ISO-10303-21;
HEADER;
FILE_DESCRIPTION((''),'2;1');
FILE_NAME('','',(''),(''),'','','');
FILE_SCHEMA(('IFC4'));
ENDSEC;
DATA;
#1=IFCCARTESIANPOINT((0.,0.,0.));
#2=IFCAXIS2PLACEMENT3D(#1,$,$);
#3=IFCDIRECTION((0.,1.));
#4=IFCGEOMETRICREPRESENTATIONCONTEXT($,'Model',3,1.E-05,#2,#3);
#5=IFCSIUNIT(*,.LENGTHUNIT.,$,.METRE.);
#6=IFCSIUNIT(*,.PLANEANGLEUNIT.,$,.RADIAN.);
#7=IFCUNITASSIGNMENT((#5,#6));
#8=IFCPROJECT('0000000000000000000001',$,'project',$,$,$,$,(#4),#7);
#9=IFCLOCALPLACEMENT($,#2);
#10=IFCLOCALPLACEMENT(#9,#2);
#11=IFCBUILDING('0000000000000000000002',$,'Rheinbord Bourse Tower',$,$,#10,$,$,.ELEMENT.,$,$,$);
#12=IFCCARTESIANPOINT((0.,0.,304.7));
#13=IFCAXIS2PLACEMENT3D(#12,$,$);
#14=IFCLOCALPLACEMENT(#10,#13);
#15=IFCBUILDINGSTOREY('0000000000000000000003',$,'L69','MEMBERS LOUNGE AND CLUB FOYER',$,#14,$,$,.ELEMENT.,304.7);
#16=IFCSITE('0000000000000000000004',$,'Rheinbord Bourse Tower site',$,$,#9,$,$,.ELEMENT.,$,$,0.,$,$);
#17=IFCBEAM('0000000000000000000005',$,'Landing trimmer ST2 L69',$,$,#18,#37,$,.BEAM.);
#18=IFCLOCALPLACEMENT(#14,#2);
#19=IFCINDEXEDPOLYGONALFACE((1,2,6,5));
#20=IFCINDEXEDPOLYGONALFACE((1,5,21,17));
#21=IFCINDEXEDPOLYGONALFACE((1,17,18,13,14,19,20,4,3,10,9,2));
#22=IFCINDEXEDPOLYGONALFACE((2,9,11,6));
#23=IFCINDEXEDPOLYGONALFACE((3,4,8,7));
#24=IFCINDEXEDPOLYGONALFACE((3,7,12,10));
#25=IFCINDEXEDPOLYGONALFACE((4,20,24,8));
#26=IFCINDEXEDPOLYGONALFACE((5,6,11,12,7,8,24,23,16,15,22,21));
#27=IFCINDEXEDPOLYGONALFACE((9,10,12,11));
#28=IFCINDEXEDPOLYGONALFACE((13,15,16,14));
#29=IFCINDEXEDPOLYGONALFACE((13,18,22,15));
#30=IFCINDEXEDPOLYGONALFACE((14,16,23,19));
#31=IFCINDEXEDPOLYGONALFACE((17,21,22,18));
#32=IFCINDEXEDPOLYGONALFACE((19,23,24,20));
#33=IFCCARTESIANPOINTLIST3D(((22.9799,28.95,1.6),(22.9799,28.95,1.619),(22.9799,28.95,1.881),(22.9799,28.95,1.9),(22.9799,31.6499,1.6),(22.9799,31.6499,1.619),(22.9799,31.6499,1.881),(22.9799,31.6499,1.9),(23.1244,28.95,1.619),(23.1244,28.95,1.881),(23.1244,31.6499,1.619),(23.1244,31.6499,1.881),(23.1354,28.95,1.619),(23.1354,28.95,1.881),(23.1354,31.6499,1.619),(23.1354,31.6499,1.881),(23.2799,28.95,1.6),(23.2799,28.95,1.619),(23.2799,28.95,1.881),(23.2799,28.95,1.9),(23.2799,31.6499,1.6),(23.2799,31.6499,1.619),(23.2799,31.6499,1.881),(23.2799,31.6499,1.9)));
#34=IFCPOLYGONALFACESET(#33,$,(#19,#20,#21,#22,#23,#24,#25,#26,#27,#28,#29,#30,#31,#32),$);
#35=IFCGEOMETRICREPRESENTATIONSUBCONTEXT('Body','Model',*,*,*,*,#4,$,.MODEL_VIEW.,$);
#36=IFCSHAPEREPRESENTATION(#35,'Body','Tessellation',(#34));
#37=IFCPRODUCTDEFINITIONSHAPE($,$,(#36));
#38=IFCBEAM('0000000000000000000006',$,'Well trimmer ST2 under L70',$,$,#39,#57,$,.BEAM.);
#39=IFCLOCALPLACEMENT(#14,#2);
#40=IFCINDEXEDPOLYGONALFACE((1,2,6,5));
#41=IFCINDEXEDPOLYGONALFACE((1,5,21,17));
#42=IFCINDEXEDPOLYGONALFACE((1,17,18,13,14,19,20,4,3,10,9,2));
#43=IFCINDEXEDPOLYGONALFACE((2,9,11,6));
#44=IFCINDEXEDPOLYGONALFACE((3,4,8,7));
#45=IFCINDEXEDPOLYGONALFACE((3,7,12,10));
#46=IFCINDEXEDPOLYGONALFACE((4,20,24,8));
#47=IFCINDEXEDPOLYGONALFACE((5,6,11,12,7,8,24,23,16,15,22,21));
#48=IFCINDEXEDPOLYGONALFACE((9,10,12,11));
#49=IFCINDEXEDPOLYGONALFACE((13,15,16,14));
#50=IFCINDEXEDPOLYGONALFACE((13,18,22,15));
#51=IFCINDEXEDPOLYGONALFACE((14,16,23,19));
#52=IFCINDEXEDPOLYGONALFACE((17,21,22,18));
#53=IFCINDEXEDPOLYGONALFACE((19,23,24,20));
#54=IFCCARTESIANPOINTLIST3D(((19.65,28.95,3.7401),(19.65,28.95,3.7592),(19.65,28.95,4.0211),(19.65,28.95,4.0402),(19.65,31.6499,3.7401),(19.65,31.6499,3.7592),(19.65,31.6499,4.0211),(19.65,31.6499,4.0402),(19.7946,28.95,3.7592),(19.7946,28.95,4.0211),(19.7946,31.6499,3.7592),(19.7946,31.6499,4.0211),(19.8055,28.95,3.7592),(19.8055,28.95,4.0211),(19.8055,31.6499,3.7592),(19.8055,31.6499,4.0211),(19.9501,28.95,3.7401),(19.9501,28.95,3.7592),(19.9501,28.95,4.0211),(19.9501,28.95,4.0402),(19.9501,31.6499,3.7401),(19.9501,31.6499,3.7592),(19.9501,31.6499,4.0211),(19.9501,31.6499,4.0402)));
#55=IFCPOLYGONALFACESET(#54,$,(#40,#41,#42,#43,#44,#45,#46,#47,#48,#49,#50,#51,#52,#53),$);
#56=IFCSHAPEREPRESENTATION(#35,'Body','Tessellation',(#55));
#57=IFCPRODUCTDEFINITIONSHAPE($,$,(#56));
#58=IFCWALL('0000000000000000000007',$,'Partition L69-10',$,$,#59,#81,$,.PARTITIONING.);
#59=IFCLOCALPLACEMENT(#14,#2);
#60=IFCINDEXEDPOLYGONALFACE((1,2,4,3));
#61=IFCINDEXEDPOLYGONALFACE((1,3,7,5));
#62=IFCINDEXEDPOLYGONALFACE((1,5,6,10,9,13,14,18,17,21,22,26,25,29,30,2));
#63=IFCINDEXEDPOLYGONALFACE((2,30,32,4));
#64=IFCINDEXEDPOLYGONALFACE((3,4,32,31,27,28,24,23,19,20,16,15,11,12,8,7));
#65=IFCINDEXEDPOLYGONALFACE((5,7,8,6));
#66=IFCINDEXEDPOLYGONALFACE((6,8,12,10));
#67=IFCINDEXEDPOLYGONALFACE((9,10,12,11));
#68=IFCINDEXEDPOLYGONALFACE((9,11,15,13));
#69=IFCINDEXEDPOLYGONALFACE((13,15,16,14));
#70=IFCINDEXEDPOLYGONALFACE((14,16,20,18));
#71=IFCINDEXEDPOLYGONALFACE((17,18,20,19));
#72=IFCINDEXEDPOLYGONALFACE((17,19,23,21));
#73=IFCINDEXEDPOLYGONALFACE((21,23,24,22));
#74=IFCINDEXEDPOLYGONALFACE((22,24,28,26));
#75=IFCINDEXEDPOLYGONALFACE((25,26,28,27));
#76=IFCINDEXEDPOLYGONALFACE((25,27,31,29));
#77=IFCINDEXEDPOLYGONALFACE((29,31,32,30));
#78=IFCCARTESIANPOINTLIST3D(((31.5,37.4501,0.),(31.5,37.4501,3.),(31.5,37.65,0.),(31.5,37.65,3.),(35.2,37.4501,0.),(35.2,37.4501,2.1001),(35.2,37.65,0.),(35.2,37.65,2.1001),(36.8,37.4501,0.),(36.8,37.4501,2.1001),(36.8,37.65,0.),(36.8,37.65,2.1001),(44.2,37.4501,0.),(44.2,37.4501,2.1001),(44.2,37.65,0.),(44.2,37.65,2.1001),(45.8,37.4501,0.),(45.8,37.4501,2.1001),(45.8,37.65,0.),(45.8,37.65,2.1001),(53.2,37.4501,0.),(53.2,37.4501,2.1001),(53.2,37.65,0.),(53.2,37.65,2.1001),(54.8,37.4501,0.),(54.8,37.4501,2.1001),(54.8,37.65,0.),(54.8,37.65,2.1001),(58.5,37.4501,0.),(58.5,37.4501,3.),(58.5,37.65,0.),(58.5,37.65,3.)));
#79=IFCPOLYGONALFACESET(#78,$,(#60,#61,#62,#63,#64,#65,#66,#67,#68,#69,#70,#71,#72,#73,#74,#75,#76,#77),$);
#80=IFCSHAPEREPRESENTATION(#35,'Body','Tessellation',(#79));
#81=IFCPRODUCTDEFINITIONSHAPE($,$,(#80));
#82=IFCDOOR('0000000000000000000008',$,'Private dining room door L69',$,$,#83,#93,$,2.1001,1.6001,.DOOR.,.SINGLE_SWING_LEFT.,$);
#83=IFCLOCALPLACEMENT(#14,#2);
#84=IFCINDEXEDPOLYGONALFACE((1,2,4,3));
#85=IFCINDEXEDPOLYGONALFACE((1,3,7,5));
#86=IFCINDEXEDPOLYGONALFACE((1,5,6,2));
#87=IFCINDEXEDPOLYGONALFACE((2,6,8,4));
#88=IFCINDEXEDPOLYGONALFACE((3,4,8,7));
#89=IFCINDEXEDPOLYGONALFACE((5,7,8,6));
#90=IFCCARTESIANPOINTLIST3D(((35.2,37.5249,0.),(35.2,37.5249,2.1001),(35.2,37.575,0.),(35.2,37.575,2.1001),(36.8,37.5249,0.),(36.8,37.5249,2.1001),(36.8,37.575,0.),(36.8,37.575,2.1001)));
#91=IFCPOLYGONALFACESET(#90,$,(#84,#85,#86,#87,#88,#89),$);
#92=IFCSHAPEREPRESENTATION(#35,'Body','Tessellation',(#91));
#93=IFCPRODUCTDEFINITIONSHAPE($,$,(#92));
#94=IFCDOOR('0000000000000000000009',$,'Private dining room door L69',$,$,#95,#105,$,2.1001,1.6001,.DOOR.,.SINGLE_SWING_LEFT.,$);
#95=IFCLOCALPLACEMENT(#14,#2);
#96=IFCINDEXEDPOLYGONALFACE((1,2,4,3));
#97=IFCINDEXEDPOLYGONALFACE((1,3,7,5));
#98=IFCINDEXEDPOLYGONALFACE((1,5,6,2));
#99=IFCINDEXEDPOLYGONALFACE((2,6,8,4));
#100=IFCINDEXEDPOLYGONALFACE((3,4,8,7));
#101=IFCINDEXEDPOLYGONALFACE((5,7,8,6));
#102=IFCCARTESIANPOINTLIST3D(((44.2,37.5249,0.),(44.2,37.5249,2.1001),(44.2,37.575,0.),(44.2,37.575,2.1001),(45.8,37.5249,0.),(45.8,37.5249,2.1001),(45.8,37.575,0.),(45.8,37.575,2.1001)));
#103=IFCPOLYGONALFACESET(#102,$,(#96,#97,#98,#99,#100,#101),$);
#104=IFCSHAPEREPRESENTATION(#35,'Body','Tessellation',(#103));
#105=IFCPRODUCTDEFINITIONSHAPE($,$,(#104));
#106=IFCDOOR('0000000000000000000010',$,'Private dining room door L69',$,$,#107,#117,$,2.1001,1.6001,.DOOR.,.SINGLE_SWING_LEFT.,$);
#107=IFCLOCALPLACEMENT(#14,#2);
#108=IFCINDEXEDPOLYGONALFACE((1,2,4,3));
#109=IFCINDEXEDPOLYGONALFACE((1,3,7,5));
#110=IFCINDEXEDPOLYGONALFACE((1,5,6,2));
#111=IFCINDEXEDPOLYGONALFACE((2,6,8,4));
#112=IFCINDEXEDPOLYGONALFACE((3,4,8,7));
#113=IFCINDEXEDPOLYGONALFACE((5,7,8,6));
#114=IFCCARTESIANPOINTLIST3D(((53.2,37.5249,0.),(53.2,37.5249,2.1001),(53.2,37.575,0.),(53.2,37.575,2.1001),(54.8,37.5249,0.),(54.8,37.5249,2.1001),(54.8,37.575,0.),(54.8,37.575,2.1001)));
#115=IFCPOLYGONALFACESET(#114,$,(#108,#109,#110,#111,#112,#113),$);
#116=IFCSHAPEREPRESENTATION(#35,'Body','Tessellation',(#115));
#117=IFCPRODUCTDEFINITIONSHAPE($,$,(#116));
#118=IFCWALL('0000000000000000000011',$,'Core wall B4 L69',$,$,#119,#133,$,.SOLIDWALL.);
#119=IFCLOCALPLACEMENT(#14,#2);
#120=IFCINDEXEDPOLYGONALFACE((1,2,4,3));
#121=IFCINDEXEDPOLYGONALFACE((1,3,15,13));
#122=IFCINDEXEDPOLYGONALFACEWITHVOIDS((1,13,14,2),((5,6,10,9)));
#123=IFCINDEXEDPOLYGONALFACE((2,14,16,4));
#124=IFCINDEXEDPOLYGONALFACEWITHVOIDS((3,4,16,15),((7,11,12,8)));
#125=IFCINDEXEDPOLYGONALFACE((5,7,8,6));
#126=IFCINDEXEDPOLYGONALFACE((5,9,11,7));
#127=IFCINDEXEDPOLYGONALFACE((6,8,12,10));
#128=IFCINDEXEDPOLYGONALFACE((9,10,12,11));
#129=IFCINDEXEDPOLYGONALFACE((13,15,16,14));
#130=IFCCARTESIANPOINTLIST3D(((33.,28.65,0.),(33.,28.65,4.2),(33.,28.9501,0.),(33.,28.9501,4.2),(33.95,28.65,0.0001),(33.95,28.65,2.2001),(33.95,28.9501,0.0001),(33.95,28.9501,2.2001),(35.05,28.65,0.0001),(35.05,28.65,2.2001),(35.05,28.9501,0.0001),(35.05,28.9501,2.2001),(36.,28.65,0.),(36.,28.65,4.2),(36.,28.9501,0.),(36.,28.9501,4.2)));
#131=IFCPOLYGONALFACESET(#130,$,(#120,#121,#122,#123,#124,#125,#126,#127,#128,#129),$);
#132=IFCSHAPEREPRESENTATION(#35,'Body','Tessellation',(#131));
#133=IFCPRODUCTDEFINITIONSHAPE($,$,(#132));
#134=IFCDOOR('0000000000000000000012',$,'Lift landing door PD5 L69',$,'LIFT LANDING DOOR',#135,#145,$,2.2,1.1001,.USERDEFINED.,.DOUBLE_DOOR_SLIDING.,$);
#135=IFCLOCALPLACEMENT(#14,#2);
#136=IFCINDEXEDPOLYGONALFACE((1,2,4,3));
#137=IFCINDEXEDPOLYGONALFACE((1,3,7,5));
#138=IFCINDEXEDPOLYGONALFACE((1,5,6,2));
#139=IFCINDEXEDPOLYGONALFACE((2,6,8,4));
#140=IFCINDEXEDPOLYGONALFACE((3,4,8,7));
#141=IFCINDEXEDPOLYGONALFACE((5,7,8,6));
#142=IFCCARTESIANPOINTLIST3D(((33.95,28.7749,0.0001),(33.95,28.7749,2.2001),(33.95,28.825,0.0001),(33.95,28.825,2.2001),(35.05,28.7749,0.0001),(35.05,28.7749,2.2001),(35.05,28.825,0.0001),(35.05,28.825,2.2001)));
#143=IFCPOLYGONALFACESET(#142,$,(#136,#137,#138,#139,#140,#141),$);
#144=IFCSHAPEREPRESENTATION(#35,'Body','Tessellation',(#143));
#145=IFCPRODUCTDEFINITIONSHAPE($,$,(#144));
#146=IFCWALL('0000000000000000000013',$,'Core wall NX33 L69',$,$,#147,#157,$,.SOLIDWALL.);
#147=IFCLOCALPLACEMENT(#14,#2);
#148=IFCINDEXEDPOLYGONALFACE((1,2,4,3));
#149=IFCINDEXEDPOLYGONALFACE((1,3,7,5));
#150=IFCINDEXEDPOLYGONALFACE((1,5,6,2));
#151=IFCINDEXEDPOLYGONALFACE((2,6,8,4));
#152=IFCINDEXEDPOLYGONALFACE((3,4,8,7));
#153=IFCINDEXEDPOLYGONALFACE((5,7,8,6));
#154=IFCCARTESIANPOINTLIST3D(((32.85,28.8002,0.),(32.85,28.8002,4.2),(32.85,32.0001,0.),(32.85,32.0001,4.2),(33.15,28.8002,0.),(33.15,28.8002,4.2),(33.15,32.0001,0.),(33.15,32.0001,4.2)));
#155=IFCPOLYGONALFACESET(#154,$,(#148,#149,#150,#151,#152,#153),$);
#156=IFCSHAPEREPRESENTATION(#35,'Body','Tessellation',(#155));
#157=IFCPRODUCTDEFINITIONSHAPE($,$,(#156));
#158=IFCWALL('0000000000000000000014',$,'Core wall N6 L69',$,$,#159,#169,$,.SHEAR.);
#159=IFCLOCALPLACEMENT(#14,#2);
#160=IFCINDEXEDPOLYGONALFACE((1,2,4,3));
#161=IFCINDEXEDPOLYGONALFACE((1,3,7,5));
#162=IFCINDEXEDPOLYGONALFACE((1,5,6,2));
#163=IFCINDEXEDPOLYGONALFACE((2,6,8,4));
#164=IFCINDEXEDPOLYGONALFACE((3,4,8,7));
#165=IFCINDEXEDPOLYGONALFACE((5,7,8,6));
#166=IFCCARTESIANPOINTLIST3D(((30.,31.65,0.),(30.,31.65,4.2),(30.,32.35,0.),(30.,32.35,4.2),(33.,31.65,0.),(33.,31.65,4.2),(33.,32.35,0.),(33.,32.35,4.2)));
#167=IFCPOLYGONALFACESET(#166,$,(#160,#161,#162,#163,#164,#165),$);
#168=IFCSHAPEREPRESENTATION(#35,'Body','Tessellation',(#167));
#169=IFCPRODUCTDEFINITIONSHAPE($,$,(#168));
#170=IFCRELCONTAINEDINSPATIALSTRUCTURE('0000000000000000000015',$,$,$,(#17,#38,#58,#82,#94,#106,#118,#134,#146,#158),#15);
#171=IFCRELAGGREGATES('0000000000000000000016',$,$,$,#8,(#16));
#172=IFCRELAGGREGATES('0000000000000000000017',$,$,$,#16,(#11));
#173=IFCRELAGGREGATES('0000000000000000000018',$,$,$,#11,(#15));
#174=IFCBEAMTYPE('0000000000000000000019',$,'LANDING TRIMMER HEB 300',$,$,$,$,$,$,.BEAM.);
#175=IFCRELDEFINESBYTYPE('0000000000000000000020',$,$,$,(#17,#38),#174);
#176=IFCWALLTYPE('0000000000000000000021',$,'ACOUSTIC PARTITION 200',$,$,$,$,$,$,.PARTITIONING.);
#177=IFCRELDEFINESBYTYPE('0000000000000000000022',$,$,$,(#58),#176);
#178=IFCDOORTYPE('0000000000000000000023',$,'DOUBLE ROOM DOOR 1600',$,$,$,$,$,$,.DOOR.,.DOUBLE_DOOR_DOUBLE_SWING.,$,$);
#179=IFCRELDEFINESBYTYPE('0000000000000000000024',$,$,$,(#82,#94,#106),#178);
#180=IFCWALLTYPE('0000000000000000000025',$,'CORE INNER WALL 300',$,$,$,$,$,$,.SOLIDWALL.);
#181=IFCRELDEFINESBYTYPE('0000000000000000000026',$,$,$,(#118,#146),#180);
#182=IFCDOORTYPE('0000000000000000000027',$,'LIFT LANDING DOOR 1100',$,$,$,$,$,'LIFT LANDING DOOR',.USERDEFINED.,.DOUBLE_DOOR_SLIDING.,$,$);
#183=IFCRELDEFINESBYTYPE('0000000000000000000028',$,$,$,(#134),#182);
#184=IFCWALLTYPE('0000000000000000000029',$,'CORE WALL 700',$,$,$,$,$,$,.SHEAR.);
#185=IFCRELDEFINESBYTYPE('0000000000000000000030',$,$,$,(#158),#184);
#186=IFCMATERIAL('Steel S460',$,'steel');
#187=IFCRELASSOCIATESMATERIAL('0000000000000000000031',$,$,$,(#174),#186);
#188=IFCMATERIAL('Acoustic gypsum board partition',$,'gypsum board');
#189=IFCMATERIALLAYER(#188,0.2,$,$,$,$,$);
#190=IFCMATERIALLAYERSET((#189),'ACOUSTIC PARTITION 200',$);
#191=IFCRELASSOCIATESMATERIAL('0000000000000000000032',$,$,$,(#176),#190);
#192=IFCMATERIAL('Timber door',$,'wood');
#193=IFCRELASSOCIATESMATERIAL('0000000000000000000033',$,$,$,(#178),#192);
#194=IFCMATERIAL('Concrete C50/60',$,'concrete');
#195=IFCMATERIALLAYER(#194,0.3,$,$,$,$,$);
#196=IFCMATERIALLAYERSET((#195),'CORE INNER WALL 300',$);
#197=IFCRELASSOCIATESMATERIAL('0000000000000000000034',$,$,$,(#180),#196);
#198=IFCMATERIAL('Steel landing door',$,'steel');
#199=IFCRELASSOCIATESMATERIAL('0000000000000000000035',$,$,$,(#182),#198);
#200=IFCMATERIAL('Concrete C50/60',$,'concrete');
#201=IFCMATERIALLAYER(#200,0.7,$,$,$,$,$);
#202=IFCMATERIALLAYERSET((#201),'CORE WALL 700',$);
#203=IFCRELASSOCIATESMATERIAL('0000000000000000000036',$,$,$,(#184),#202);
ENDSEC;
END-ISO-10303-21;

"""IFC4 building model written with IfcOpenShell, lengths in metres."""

from ifc_helpers import new_model, si_unit, direction, frame, frame_2d, origin, origin_2d, place, context, subcontext, project, spatial, rectangle, i_section, extrude, material, layer, layer_set, material_profile, profile_set, type_object, element, fill, save


model = new_model("IFC4")

# Units and contexts
model_context = context("Model", 3, precision=1e-05, world=origin(), true_north=direction((0.0, 1.0)))
body_context = subcontext(model_context, "Body", "Model", "MODEL_VIEW")
ifc_project = project(units=[si_unit("LENGTHUNIT", "METRE"), si_unit("PLANEANGLEUNIT", "RADIAN")], contexts=[model_context])

# Site, building, storey
site_placement = place(None, origin())
site = spatial("IfcSite", under=ifc_project, at=site_placement, Name="Rheinbord Bourse Tower site", CompositionType="ELEMENT", RefElevation=0.0)
building_placement = place(site_placement, origin())
building = spatial("IfcBuilding", under=site, at=building_placement, Name="Rheinbord Bourse Tower", CompositionType="ELEMENT")
storey_placement = place(building_placement, frame((0.0, 0.0, 304.7)))
storey = spatial("IfcBuildingStorey", under=building, at=storey_placement, Name="L69", Description="MEMBERS LOUNGE AND CLUB FOYER", CompositionType="ELEMENT", Elevation=304.7)

# Beams
ifc_material_1 = material(Name="Steel S460", Category="steel")
ifc_material_profile = material_profile(ifc_material_1, i_section(OverallWidth=0.3, OverallDepth=0.3, WebThickness=0.011, FlangeThickness=0.019, at=origin_2d()), Name="HEB 300")
ifc_profile_set = profile_set([ifc_material_profile], Name="Steel S460")
beam_type = type_object("IfcBeamType", Name="LANDING TRIMMER HEB 300", PredefinedType="BEAM", material=ifc_profile_set)
for number, where, z_axis, x_axis, name in (
    (1, (23.1299, 28.95, 1.75), (0.0, 1.0, 0.0), (-1.0, 0.0, 0.0), "Landing trimmer ST2 L69"),
    (2, (19.8, 28.95, 3.8901), (0.0, 1.0, 0.0), (-1.0, 0.0, 0.0), "Well trimmer ST2 under L70"),
):
    element("IfcBeam", number, at=place(storey_placement, frame(where, z_axis=z_axis, x_axis=x_axis)), inside=storey, type_object=beam_type, Name=name, PredefinedType="BEAM", context=body_context, shape_type="SweptSolid", body=[
        extrude(i_section(OverallWidth=0.3, OverallDepth=0.3, WebThickness=0.011, FlangeThickness=0.019, at=origin_2d()), origin(), (0.0, 0.0, 1.0), 2.7),
    ])

# Wall, openings, doors
ifc_material_2 = material(Name="Acoustic gypsum board partition", Category="gypsum board")
ifc_layer_1 = layer(ifc_material_2, 0.2)
ifc_layer_set_1 = layer_set([ifc_layer_1], Name="ACOUSTIC PARTITION 200")
wall_type_1 = type_object("IfcWallType", Name="ACOUSTIC PARTITION 200", PredefinedType="PARTITIONING", material=ifc_layer_set_1)
wall_1_placement = place(storey_placement, frame((31.5, 37.55, 0.0), z_axis=(0.0, 0.0, 1.0), x_axis=(1.0, 0.0, 0.0)))
wall_1 = element("IfcWall", 3, at=wall_1_placement, inside=storey, type_object=wall_type_1, Name="Partition L69-10", PredefinedType="PARTITIONING", context=body_context, shape_type="SweptSolid", body=[
    extrude(rectangle(XDim=27.0, YDim=0.2, at=frame_2d((13.5, 0.0))), origin(), (0.0, 0.0, 1.0), 3.0),
])
opening_1_placement = place(wall_1_placement, frame((3.7, 0.0, 0.0)))
opening_1 = element("IfcOpeningElement", 4, at=opening_1_placement, cuts=wall_1, PredefinedType="OPENING", context=body_context, shape_type="SweptSolid", body=[
    extrude(rectangle(XDim=1.6001, YDim=2.1001, at=frame_2d((0.8, 1.05))), frame((0.0, 0.1099, 0.0), z_axis=(0.0, -1.0, 0.0), x_axis=(1.0, 0.0, 0.0)), (0.0, 0.0, 1.0), 0.22),
])
opening_2_placement = place(wall_1_placement, frame((12.7, 0.0, 0.0)))
opening_2 = element("IfcOpeningElement", 5, at=opening_2_placement, cuts=wall_1, PredefinedType="OPENING", context=body_context, shape_type="SweptSolid", body=[
    extrude(rectangle(XDim=1.6001, YDim=2.1001, at=frame_2d((0.8, 1.05))), frame((0.0, 0.1099, 0.0), z_axis=(0.0, -1.0, 0.0), x_axis=(1.0, 0.0, 0.0)), (0.0, 0.0, 1.0), 0.22),
])
opening_3_placement = place(wall_1_placement, frame((21.7, 0.0, 0.0)))
opening_3 = element("IfcOpeningElement", 6, at=opening_3_placement, cuts=wall_1, PredefinedType="OPENING", context=body_context, shape_type="SweptSolid", body=[
    extrude(rectangle(XDim=1.6001, YDim=2.1001, at=frame_2d((0.8, 1.05))), frame((0.0, 0.1099, 0.0), z_axis=(0.0, -1.0, 0.0), x_axis=(1.0, 0.0, 0.0)), (0.0, 0.0, 1.0), 0.22),
])
ifc_material_3 = material(Name="Timber door", Category="wood")
door_type_1 = type_object("IfcDoorType", Name="DOUBLE ROOM DOOR 1600", OperationType="DOUBLE_DOOR_DOUBLE_SWING", PredefinedType="DOOR", material=ifc_material_3)
door_1_placement = place(opening_1_placement, origin())
door_1 = element("IfcDoor", 7, at=door_1_placement, inside=storey, type_object=door_type_1, Name="Private dining room door L69", OperationType="SINGLE_SWING_LEFT", OverallHeight=2.1001, OverallWidth=1.6001, PredefinedType="DOOR", context=body_context, shape_type="SweptSolid", body=[
    extrude(rectangle(XDim=1.6001, YDim=2.1001, at=frame_2d((0.8, 1.05))), frame((0.0, 0.0249, 0.0), z_axis=(0.0, -1.0, 0.0), x_axis=(1.0, 0.0, 0.0)), (0.0, 0.0, 1.0), 0.05),
])
fill(opening_1, door_1)
door_2_placement = place(opening_2_placement, origin())
door_2 = element("IfcDoor", 8, at=door_2_placement, inside=storey, type_object=door_type_1, Name="Private dining room door L69", OperationType="SINGLE_SWING_LEFT", OverallHeight=2.1001, OverallWidth=1.6001, PredefinedType="DOOR", context=body_context, shape_type="SweptSolid", body=[
    extrude(rectangle(XDim=1.6001, YDim=2.1001, at=frame_2d((0.8, 1.05))), frame((0.0, 0.0249, 0.0), z_axis=(0.0, -1.0, 0.0), x_axis=(1.0, 0.0, 0.0)), (0.0, 0.0, 1.0), 0.05),
])
fill(opening_2, door_2)
door_3_placement = place(opening_3_placement, origin())
door_3 = element("IfcDoor", 9, at=door_3_placement, inside=storey, type_object=door_type_1, Name="Private dining room door L69", OperationType="SINGLE_SWING_LEFT", OverallHeight=2.1001, OverallWidth=1.6001, PredefinedType="DOOR", context=body_context, shape_type="SweptSolid", body=[
    extrude(rectangle(XDim=1.6001, YDim=2.1001, at=frame_2d((0.8, 1.05))), frame((0.0, 0.0249, 0.0), z_axis=(0.0, -1.0, 0.0), x_axis=(1.0, 0.0, 0.0)), (0.0, 0.0, 1.0), 0.05),
])
fill(opening_3, door_3)

# Wall, opening, door
ifc_material_4 = material(Name="Concrete C50/60", Category="concrete")
ifc_layer_2 = layer(ifc_material_4, 0.3)
ifc_layer_set_2 = layer_set([ifc_layer_2], Name="CORE INNER WALL 300")
wall_type_2 = type_object("IfcWallType", Name="CORE INNER WALL 300", PredefinedType="SOLIDWALL", material=ifc_layer_set_2)
wall_2_placement = place(storey_placement, frame((33.0, 28.8, 0.0), z_axis=(0.0, 0.0, 1.0), x_axis=(1.0, 0.0, 0.0)))
wall_2 = element("IfcWall", 10, at=wall_2_placement, inside=storey, type_object=wall_type_2, Name="Core wall B4 L69", PredefinedType="SOLIDWALL", context=body_context, shape_type="SweptSolid", body=[
    extrude(rectangle(XDim=3.0, YDim=0.3, at=frame_2d((1.5, 0.0))), origin(), (0.0, 0.0, 1.0), 4.2),
])
opening_4_placement = place(wall_2_placement, frame((0.95, 0.0, 0.0)))
opening_4 = element("IfcOpeningElement", 11, at=opening_4_placement, cuts=wall_2, PredefinedType="OPENING", context=body_context, shape_type="SweptSolid", body=[
    extrude(rectangle(XDim=1.1001, YDim=2.2, at=frame_2d((0.55, 1.1001))), frame((0.0, 0.1599, 0.0), z_axis=(0.0, -1.0, 0.0), x_axis=(1.0, 0.0, 0.0)), (0.0, 0.0, 1.0), 0.3201),
])
ifc_material_5 = material(Name="Steel landing door", Category="steel")
door_type_2 = type_object("IfcDoorType", Name="LIFT LANDING DOOR 1100", ElementType="LIFT LANDING DOOR", OperationType="DOUBLE_DOOR_SLIDING", PredefinedType="USERDEFINED", material=ifc_material_5)
door_4_placement = place(opening_4_placement, origin())
door_4 = element("IfcDoor", 12, at=door_4_placement, inside=storey, type_object=door_type_2, Name="Lift landing door PD5 L69", ObjectType="LIFT LANDING DOOR", OperationType="DOUBLE_DOOR_SLIDING", OverallHeight=2.2, OverallWidth=1.1001, PredefinedType="USERDEFINED", context=body_context, shape_type="SweptSolid", body=[
    extrude(rectangle(XDim=1.1001, YDim=2.2, at=frame_2d((0.55, 1.1001))), frame((0.0, 0.0249, 0.0), z_axis=(0.0, -1.0, 0.0), x_axis=(1.0, 0.0, 0.0)), (0.0, 0.0, 1.0), 0.05),
])
fill(opening_4, door_4)

# Walls
wall_3_placement = place(storey_placement, frame((33.0, 28.8, 0.0), z_axis=(0.0, 0.0, 1.0), x_axis=(0.0, 1.0, 0.0)))
element("IfcWall", 13, at=wall_3_placement, inside=storey, type_object=wall_type_2, Name="Core wall NX33 L69", PredefinedType="SOLIDWALL", context=body_context, shape_type="SweptSolid", body=[
    extrude(rectangle(XDim=3.2, YDim=0.3, at=frame_2d((1.6001, 0.0))), origin(), (0.0, 0.0, 1.0), 4.2),
])
ifc_material_6 = material(Name="Concrete C50/60", Category="concrete")
ifc_layer_3 = layer(ifc_material_6, 0.7)
ifc_layer_set_3 = layer_set([ifc_layer_3], Name="CORE WALL 700")
wall_type_3 = type_object("IfcWallType", Name="CORE WALL 700", PredefinedType="SHEAR", material=ifc_layer_set_3)
for number, where, z_axis, x_axis, name in (
    (14, (33.0, 32.0, 0.0), (0.0, 0.0, 1.0), (-1.0, 0.0, 0.0), "Core wall N6 L69"),
):
    element("IfcWall", number, at=place(storey_placement, frame(where, z_axis=z_axis, x_axis=x_axis)), inside=storey, type_object=wall_type_3, Name=name, PredefinedType="SHEAR", context=body_context, shape_type="SweptSolid", body=[
        extrude(rectangle(XDim=3.0, YDim=0.7, at=frame_2d((1.5, 0.0))), origin(), (0.0, 0.0, 1.0), 4.2),
    ])

save(model, "model.ifc")
